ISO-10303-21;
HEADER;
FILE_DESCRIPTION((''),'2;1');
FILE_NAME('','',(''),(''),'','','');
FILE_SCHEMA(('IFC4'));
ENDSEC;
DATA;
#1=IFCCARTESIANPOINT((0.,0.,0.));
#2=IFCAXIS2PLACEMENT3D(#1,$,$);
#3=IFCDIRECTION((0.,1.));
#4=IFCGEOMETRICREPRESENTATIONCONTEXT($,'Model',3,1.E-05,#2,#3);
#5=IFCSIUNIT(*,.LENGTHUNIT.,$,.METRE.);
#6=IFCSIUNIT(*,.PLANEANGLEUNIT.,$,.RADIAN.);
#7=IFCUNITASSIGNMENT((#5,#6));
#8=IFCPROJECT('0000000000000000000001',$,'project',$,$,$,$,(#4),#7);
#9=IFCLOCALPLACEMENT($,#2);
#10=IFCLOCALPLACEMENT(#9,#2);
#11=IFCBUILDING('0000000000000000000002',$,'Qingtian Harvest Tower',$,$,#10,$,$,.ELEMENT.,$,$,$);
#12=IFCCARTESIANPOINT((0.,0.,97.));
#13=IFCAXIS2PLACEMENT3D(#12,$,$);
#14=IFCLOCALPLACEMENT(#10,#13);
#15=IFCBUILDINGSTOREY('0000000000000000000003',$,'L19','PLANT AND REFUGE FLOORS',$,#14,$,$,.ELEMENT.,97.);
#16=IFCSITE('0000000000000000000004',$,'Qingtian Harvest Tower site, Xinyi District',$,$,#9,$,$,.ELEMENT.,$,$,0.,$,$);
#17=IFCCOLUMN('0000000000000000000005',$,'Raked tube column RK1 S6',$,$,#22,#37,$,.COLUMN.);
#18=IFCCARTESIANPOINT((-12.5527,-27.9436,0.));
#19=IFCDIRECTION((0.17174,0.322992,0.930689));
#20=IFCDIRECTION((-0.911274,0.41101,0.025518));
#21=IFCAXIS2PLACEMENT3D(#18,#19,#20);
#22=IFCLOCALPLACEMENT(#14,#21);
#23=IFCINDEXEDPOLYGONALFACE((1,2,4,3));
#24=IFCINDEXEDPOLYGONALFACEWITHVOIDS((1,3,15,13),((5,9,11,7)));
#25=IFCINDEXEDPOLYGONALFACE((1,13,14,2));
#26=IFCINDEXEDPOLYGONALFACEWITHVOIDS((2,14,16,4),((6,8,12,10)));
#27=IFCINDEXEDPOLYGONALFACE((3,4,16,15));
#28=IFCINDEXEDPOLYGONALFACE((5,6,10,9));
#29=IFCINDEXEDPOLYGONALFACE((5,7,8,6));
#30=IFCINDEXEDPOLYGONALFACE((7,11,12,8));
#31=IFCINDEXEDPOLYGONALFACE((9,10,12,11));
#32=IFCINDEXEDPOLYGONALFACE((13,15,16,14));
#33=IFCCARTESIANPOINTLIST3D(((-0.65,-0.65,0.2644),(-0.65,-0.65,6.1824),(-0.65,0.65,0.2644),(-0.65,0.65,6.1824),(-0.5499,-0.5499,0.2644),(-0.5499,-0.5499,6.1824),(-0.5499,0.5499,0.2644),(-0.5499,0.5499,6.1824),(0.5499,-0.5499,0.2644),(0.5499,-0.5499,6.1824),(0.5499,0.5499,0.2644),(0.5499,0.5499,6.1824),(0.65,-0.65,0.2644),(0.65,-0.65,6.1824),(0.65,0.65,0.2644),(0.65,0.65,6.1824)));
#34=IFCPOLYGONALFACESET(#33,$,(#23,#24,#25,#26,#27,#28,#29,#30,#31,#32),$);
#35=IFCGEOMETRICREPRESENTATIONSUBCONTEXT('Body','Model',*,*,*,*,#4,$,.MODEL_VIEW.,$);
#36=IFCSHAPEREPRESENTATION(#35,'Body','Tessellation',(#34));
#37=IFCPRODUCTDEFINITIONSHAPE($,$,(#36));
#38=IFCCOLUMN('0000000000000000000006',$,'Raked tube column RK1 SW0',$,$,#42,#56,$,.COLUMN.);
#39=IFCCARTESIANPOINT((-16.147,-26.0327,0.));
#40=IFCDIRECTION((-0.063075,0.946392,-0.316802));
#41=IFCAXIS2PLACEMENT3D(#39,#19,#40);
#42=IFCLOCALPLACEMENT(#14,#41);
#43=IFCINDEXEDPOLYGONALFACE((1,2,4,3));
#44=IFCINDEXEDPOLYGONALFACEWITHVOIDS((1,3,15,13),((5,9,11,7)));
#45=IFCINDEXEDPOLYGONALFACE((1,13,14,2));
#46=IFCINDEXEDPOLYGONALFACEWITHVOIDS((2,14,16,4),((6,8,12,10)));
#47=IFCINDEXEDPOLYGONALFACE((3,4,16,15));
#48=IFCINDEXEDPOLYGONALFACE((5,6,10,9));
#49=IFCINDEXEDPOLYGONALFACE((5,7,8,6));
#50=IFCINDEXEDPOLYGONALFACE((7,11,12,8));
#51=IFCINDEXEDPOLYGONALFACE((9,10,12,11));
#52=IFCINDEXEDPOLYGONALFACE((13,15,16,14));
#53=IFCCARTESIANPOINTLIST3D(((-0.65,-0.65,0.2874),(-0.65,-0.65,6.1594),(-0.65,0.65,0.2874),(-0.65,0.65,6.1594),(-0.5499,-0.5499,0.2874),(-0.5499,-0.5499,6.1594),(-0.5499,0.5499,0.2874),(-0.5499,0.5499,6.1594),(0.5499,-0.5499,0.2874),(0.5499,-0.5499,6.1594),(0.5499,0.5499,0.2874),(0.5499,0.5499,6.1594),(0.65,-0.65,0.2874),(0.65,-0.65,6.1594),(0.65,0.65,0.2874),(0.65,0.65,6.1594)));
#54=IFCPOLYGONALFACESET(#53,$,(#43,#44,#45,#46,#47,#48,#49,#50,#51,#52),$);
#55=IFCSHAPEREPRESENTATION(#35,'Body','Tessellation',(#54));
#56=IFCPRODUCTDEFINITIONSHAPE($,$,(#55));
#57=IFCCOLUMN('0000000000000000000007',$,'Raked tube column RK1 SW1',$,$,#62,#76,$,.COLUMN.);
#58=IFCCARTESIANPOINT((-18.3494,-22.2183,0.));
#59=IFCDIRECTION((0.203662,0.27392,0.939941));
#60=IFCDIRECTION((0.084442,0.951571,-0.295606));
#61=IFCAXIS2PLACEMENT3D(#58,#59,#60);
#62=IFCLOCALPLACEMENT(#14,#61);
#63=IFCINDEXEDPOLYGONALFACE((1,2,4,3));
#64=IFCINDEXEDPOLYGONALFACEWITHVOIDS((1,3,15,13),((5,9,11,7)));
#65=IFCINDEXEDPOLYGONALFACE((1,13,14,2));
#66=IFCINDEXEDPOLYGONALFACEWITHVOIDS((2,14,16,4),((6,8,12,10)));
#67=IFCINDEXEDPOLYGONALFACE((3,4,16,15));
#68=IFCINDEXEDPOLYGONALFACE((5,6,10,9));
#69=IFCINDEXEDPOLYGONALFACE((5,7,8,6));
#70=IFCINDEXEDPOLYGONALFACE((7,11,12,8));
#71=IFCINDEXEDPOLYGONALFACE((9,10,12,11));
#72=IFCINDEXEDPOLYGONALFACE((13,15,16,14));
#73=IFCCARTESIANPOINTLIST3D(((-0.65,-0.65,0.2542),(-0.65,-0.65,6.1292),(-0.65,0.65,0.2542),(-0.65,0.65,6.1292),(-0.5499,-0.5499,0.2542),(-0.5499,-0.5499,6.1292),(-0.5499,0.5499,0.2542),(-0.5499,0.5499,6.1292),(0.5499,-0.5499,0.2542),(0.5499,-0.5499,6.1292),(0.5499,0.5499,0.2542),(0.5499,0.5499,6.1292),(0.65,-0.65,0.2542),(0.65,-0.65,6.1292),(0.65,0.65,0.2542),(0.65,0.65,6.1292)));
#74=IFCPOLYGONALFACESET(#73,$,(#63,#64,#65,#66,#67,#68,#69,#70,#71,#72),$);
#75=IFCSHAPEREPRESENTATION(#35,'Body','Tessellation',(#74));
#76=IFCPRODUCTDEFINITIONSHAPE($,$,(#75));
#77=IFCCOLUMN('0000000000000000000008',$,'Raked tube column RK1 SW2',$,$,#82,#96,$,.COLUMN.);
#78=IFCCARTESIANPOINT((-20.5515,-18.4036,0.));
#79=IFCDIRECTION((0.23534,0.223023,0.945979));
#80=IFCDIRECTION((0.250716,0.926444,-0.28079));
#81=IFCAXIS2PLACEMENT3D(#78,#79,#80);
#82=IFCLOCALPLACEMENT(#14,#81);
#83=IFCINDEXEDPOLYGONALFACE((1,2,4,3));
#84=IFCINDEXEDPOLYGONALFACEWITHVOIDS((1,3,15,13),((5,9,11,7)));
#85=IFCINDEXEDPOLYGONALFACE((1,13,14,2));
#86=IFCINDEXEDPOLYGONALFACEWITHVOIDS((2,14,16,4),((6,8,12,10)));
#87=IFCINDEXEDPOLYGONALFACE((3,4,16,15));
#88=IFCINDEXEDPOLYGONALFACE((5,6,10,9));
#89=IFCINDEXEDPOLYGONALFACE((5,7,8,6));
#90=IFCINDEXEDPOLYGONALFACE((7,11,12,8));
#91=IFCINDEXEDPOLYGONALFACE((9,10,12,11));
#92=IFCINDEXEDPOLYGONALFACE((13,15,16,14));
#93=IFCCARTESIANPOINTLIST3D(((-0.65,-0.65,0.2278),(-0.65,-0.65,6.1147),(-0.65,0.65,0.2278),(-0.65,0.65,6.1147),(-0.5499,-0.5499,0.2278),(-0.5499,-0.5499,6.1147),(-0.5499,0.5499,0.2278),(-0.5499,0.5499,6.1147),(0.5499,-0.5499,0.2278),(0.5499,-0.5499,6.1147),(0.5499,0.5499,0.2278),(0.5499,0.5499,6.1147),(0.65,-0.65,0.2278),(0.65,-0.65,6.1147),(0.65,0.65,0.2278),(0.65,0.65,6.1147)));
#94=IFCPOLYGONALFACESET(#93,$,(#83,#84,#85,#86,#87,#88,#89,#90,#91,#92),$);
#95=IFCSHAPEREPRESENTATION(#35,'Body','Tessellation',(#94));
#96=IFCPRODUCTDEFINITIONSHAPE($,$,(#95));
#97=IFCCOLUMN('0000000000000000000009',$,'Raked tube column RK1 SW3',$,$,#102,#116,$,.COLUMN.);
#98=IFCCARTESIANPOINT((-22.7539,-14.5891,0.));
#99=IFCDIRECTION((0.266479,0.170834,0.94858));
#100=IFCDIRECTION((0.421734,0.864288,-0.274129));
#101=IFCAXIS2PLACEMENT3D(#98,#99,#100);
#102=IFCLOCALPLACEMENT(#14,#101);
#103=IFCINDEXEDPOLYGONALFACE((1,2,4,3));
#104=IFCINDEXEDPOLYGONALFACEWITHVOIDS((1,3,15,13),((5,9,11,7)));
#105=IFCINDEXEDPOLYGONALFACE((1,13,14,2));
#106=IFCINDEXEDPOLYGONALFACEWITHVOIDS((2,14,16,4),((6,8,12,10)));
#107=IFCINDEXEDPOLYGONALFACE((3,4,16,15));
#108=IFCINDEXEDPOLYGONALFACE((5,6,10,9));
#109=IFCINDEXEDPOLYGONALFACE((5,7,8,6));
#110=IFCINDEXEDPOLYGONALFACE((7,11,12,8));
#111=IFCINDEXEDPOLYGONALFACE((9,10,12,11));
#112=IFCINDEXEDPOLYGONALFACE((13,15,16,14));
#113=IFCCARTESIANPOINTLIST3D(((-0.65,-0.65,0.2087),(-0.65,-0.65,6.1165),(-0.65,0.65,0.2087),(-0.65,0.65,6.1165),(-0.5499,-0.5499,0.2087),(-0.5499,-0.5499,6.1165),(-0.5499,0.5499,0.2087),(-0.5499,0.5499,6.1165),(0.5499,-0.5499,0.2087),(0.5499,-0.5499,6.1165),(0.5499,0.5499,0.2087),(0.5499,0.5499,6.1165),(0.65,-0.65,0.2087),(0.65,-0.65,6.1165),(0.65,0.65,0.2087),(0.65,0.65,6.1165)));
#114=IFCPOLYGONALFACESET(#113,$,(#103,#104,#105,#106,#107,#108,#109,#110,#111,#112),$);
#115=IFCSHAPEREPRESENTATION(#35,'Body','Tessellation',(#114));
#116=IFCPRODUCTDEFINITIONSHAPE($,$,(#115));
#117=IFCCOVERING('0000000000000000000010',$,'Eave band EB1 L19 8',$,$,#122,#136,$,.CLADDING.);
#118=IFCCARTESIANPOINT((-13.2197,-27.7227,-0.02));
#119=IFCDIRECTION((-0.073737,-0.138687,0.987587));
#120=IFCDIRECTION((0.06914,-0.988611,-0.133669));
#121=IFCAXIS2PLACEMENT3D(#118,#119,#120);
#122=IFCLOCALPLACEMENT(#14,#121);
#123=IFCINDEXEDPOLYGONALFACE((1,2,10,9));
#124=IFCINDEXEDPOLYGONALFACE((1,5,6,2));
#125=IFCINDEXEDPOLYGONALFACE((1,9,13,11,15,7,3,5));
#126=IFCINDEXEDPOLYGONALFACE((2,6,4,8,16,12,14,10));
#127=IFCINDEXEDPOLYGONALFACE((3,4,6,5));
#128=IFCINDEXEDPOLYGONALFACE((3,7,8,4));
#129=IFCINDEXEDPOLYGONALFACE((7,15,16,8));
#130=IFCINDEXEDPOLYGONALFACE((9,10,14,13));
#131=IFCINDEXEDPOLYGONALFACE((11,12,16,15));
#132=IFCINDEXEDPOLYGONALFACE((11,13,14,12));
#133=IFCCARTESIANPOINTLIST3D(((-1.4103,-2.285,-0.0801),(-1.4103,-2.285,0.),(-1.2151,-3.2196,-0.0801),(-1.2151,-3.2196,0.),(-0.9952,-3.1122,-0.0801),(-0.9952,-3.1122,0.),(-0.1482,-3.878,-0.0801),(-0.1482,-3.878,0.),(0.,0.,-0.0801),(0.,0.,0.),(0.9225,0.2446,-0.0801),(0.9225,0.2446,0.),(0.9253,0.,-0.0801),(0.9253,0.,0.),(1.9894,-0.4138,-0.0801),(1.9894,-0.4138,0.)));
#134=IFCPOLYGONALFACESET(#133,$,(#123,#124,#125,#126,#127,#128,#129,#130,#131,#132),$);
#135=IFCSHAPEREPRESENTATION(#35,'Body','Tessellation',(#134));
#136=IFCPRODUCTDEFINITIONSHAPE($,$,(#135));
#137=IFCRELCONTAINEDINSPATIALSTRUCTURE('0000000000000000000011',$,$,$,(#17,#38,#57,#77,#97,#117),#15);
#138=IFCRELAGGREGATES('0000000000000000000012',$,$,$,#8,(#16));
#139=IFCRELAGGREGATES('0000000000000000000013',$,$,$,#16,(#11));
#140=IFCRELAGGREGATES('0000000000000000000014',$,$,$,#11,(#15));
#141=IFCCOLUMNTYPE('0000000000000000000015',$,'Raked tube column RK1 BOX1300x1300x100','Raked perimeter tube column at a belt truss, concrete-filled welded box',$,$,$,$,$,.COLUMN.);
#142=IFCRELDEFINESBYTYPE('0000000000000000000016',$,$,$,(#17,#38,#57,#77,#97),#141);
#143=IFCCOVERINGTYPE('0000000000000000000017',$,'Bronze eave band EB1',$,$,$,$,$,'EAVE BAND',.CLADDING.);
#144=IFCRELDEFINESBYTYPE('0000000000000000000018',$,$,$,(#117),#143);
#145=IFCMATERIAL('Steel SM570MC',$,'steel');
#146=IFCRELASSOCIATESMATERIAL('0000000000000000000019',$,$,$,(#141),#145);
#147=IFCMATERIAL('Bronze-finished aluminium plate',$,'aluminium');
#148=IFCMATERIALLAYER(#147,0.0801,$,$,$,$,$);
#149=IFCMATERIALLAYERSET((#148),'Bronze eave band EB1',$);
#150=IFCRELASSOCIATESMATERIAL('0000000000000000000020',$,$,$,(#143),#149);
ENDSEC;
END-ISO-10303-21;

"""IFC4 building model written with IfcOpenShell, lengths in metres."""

from ifc_helpers import new_model, si_unit, direction, frame, origin, origin_2d, place, context, subcontext, project, spatial, polyline, hollow_rectangle, outline, extrude, clip, halfspace, material, layer, layer_set, material_profile, profile_set, type_object, element, save


model = new_model("IFC4")

# Units and contexts
model_context = context("Model", 3, precision=1e-05, world=origin(), true_north=direction((0.0, 1.0)))
body_context = subcontext(model_context, "Body", "Model", "MODEL_VIEW")
ifc_project = project(units=[si_unit("LENGTHUNIT", "METRE"), si_unit("PLANEANGLEUNIT", "RADIAN")], contexts=[model_context])

# Site, building, storey
site_placement = place(None, origin())
site = spatial("IfcSite", under=ifc_project, at=site_placement, Name="Qingtian Harvest Tower site, Xinyi District", CompositionType="ELEMENT", RefElevation=0.0)
building_placement = place(site_placement, origin())
building = spatial("IfcBuilding", under=site, at=building_placement, Name="Qingtian Harvest Tower", CompositionType="ELEMENT")
storey_placement = place(building_placement, frame((0.0, 0.0, 97.0)))
storey = spatial("IfcBuildingStorey", under=building, at=storey_placement, Name="L19", Description="PLANT AND REFUGE FLOORS", CompositionType="ELEMENT", Elevation=97.0)

# Columns
ifc_material_1 = material(Name="Steel SM570MC", Category="steel")
ifc_material_profile_1 = material_profile(ifc_material_1, hollow_rectangle(XDim=1.3, YDim=1.3, WallThickness=0.1001, at=origin_2d()), Name="BOX1300x1300x100")
ifc_profile_set_1 = profile_set([ifc_material_profile_1], Name="Steel SM570MC")
column_type = type_object("IfcColumnType", Name="Raked tube column RK1 BOX1300x1300x100", Description="Raked perimeter tube column at a belt truss, concrete-filled welded box", PredefinedType="COLUMN", material=ifc_profile_set_1)
column_1_placement = place(storey_placement, frame((-12.5527, -27.9436, 0.0), z_axis=(0.17174, 0.322992, 0.930689), x_axis=(-0.911274, 0.41101, 0.025518)))
element("IfcColumn", 1, at=column_1_placement, inside=storey, type_object=column_type, Name="Raked tube column RK1 S6", PredefinedType="COLUMN", context=body_context, shape_type="Clipping", body=[
    clip(clip(extrude(hollow_rectangle(XDim=1.3, YDim=1.3, WallThickness=0.1001, at=origin_2d()), origin(), (0.0, 0.0, 1.0), 6.4468), halfspace(frame((0.0, 0.0, 0.2644), z_axis=(0.0, 0.0, -1.0), x_axis=(0.0, -1.0, 0.0)), False)), halfspace(frame((0.0, 0.0, 6.1824), z_axis=(0.0, 0.0, 1.0), x_axis=(0.0, 1.0, 0.0)), False)),
])
column_2_placement = place(storey_placement, frame((-16.147, -26.0327, 0.0), z_axis=(0.17174, 0.322992, 0.930689), x_axis=(-0.063075, 0.946392, -0.316802)))
element("IfcColumn", 2, at=column_2_placement, inside=storey, type_object=column_type, Name="Raked tube column RK1 SW0", PredefinedType="COLUMN", context=body_context, shape_type="Clipping", body=[
    clip(clip(extrude(hollow_rectangle(XDim=1.3, YDim=1.3, WallThickness=0.1001, at=origin_2d()), origin(), (0.0, 0.0, 1.0), 6.4468), halfspace(frame((0.0, 0.0, 0.2874), z_axis=(0.0, 0.0, -1.0), x_axis=(0.0, -1.0, 0.0)), False)), halfspace(frame((0.0, 0.0, 6.1594), z_axis=(0.0, 0.0, 1.0), x_axis=(0.0, 1.0, 0.0)), False)),
])
column_3_placement = place(storey_placement, frame((-18.3494, -22.2183, 0.0), z_axis=(0.203662, 0.27392, 0.939941), x_axis=(0.084442, 0.951571, -0.295606)))
element("IfcColumn", 3, at=column_3_placement, inside=storey, type_object=column_type, Name="Raked tube column RK1 SW1", PredefinedType="COLUMN", context=body_context, shape_type="Clipping", body=[
    clip(clip(extrude(hollow_rectangle(XDim=1.3, YDim=1.3, WallThickness=0.1001, at=origin_2d()), origin(), (0.0, 0.0, 1.0), 6.3833), halfspace(frame((0.0, 0.0, 0.2542), z_axis=(0.0, 0.0, -1.0), x_axis=(0.0, -1.0, 0.0)), False)), halfspace(frame((0.0, 0.0, 6.1292), z_axis=(0.0, 0.0, 1.0), x_axis=(0.0, 1.0, 0.0)), False)),
])
column_4_placement = place(storey_placement, frame((-20.5515, -18.4036, 0.0), z_axis=(0.23534, 0.223023, 0.945979), x_axis=(0.250716, 0.926444, -0.28079)))
element("IfcColumn", 4, at=column_4_placement, inside=storey, type_object=column_type, Name="Raked tube column RK1 SW2", PredefinedType="COLUMN", context=body_context, shape_type="Clipping", body=[
    clip(clip(extrude(hollow_rectangle(XDim=1.3, YDim=1.3, WallThickness=0.1001, at=origin_2d()), origin(), (0.0, 0.0, 1.0), 6.3425), halfspace(frame((0.0, 0.0, 0.2278), z_axis=(0.0, 0.0, -1.0), x_axis=(0.0, -1.0, 0.0)), False)), halfspace(frame((0.0, 0.0, 6.1147), z_axis=(0.0, 0.0, 1.0), x_axis=(0.0, 1.0, 0.0)), False)),
])
column_5_placement = place(storey_placement, frame((-22.7539, -14.5891, 0.0), z_axis=(0.266479, 0.170834, 0.94858), x_axis=(0.421734, 0.864288, -0.274129)))
element("IfcColumn", 5, at=column_5_placement, inside=storey, type_object=column_type, Name="Raked tube column RK1 SW3", PredefinedType="COLUMN", context=body_context, shape_type="Clipping", body=[
    clip(clip(extrude(hollow_rectangle(XDim=1.3, YDim=1.3, WallThickness=0.1001, at=origin_2d()), origin(), (0.0, 0.0, 1.0), 6.3252), halfspace(frame((0.0, 0.0, 0.2087), z_axis=(0.0, 0.0, -1.0), x_axis=(0.0, -1.0, 0.0)), False)), halfspace(frame((0.0, 0.0, 6.1165), z_axis=(0.0, 0.0, 1.0), x_axis=(0.0, 1.0, 0.0)), False)),
])

# Covering
ifc_material_2 = material(Name="Bronze-finished aluminium plate", Category="aluminium")
ifc_layer_1 = layer(ifc_material_2, 0.0801)
ifc_layer_set_1 = layer_set([ifc_layer_1], Name="Bronze eave band EB1")
covering_type = type_object("IfcCoveringType", Name="Bronze eave band EB1", ElementType="EAVE BAND", PredefinedType="CLADDING", material=ifc_layer_set_1)
covering_1_placement = place(storey_placement, frame((-13.2197, -27.7227, -0.02), z_axis=(-0.073737, -0.138687, 0.987587), x_axis=(0.06914, -0.988611, -0.133669)))
element("IfcCovering", 6, at=covering_1_placement, inside=storey, type_object=covering_type, Name="Eave band EB1 L19 8", PredefinedType="CLADDING", context=body_context, shape_type="SweptSolid", body=[
    extrude(outline(polyline([(0.0, 0.0), (0.9253, 0.0), (0.9225, 0.2446), (1.9894, -0.4138), (-0.1482, -3.878), (-1.2151, -3.2196), (-0.9952, -3.1122), (-1.4103, -2.285), (0.0, 0.0)])), origin(), (0.0, 0.0, -1.0), 0.0801),
])

save(model, "model.ifc")
